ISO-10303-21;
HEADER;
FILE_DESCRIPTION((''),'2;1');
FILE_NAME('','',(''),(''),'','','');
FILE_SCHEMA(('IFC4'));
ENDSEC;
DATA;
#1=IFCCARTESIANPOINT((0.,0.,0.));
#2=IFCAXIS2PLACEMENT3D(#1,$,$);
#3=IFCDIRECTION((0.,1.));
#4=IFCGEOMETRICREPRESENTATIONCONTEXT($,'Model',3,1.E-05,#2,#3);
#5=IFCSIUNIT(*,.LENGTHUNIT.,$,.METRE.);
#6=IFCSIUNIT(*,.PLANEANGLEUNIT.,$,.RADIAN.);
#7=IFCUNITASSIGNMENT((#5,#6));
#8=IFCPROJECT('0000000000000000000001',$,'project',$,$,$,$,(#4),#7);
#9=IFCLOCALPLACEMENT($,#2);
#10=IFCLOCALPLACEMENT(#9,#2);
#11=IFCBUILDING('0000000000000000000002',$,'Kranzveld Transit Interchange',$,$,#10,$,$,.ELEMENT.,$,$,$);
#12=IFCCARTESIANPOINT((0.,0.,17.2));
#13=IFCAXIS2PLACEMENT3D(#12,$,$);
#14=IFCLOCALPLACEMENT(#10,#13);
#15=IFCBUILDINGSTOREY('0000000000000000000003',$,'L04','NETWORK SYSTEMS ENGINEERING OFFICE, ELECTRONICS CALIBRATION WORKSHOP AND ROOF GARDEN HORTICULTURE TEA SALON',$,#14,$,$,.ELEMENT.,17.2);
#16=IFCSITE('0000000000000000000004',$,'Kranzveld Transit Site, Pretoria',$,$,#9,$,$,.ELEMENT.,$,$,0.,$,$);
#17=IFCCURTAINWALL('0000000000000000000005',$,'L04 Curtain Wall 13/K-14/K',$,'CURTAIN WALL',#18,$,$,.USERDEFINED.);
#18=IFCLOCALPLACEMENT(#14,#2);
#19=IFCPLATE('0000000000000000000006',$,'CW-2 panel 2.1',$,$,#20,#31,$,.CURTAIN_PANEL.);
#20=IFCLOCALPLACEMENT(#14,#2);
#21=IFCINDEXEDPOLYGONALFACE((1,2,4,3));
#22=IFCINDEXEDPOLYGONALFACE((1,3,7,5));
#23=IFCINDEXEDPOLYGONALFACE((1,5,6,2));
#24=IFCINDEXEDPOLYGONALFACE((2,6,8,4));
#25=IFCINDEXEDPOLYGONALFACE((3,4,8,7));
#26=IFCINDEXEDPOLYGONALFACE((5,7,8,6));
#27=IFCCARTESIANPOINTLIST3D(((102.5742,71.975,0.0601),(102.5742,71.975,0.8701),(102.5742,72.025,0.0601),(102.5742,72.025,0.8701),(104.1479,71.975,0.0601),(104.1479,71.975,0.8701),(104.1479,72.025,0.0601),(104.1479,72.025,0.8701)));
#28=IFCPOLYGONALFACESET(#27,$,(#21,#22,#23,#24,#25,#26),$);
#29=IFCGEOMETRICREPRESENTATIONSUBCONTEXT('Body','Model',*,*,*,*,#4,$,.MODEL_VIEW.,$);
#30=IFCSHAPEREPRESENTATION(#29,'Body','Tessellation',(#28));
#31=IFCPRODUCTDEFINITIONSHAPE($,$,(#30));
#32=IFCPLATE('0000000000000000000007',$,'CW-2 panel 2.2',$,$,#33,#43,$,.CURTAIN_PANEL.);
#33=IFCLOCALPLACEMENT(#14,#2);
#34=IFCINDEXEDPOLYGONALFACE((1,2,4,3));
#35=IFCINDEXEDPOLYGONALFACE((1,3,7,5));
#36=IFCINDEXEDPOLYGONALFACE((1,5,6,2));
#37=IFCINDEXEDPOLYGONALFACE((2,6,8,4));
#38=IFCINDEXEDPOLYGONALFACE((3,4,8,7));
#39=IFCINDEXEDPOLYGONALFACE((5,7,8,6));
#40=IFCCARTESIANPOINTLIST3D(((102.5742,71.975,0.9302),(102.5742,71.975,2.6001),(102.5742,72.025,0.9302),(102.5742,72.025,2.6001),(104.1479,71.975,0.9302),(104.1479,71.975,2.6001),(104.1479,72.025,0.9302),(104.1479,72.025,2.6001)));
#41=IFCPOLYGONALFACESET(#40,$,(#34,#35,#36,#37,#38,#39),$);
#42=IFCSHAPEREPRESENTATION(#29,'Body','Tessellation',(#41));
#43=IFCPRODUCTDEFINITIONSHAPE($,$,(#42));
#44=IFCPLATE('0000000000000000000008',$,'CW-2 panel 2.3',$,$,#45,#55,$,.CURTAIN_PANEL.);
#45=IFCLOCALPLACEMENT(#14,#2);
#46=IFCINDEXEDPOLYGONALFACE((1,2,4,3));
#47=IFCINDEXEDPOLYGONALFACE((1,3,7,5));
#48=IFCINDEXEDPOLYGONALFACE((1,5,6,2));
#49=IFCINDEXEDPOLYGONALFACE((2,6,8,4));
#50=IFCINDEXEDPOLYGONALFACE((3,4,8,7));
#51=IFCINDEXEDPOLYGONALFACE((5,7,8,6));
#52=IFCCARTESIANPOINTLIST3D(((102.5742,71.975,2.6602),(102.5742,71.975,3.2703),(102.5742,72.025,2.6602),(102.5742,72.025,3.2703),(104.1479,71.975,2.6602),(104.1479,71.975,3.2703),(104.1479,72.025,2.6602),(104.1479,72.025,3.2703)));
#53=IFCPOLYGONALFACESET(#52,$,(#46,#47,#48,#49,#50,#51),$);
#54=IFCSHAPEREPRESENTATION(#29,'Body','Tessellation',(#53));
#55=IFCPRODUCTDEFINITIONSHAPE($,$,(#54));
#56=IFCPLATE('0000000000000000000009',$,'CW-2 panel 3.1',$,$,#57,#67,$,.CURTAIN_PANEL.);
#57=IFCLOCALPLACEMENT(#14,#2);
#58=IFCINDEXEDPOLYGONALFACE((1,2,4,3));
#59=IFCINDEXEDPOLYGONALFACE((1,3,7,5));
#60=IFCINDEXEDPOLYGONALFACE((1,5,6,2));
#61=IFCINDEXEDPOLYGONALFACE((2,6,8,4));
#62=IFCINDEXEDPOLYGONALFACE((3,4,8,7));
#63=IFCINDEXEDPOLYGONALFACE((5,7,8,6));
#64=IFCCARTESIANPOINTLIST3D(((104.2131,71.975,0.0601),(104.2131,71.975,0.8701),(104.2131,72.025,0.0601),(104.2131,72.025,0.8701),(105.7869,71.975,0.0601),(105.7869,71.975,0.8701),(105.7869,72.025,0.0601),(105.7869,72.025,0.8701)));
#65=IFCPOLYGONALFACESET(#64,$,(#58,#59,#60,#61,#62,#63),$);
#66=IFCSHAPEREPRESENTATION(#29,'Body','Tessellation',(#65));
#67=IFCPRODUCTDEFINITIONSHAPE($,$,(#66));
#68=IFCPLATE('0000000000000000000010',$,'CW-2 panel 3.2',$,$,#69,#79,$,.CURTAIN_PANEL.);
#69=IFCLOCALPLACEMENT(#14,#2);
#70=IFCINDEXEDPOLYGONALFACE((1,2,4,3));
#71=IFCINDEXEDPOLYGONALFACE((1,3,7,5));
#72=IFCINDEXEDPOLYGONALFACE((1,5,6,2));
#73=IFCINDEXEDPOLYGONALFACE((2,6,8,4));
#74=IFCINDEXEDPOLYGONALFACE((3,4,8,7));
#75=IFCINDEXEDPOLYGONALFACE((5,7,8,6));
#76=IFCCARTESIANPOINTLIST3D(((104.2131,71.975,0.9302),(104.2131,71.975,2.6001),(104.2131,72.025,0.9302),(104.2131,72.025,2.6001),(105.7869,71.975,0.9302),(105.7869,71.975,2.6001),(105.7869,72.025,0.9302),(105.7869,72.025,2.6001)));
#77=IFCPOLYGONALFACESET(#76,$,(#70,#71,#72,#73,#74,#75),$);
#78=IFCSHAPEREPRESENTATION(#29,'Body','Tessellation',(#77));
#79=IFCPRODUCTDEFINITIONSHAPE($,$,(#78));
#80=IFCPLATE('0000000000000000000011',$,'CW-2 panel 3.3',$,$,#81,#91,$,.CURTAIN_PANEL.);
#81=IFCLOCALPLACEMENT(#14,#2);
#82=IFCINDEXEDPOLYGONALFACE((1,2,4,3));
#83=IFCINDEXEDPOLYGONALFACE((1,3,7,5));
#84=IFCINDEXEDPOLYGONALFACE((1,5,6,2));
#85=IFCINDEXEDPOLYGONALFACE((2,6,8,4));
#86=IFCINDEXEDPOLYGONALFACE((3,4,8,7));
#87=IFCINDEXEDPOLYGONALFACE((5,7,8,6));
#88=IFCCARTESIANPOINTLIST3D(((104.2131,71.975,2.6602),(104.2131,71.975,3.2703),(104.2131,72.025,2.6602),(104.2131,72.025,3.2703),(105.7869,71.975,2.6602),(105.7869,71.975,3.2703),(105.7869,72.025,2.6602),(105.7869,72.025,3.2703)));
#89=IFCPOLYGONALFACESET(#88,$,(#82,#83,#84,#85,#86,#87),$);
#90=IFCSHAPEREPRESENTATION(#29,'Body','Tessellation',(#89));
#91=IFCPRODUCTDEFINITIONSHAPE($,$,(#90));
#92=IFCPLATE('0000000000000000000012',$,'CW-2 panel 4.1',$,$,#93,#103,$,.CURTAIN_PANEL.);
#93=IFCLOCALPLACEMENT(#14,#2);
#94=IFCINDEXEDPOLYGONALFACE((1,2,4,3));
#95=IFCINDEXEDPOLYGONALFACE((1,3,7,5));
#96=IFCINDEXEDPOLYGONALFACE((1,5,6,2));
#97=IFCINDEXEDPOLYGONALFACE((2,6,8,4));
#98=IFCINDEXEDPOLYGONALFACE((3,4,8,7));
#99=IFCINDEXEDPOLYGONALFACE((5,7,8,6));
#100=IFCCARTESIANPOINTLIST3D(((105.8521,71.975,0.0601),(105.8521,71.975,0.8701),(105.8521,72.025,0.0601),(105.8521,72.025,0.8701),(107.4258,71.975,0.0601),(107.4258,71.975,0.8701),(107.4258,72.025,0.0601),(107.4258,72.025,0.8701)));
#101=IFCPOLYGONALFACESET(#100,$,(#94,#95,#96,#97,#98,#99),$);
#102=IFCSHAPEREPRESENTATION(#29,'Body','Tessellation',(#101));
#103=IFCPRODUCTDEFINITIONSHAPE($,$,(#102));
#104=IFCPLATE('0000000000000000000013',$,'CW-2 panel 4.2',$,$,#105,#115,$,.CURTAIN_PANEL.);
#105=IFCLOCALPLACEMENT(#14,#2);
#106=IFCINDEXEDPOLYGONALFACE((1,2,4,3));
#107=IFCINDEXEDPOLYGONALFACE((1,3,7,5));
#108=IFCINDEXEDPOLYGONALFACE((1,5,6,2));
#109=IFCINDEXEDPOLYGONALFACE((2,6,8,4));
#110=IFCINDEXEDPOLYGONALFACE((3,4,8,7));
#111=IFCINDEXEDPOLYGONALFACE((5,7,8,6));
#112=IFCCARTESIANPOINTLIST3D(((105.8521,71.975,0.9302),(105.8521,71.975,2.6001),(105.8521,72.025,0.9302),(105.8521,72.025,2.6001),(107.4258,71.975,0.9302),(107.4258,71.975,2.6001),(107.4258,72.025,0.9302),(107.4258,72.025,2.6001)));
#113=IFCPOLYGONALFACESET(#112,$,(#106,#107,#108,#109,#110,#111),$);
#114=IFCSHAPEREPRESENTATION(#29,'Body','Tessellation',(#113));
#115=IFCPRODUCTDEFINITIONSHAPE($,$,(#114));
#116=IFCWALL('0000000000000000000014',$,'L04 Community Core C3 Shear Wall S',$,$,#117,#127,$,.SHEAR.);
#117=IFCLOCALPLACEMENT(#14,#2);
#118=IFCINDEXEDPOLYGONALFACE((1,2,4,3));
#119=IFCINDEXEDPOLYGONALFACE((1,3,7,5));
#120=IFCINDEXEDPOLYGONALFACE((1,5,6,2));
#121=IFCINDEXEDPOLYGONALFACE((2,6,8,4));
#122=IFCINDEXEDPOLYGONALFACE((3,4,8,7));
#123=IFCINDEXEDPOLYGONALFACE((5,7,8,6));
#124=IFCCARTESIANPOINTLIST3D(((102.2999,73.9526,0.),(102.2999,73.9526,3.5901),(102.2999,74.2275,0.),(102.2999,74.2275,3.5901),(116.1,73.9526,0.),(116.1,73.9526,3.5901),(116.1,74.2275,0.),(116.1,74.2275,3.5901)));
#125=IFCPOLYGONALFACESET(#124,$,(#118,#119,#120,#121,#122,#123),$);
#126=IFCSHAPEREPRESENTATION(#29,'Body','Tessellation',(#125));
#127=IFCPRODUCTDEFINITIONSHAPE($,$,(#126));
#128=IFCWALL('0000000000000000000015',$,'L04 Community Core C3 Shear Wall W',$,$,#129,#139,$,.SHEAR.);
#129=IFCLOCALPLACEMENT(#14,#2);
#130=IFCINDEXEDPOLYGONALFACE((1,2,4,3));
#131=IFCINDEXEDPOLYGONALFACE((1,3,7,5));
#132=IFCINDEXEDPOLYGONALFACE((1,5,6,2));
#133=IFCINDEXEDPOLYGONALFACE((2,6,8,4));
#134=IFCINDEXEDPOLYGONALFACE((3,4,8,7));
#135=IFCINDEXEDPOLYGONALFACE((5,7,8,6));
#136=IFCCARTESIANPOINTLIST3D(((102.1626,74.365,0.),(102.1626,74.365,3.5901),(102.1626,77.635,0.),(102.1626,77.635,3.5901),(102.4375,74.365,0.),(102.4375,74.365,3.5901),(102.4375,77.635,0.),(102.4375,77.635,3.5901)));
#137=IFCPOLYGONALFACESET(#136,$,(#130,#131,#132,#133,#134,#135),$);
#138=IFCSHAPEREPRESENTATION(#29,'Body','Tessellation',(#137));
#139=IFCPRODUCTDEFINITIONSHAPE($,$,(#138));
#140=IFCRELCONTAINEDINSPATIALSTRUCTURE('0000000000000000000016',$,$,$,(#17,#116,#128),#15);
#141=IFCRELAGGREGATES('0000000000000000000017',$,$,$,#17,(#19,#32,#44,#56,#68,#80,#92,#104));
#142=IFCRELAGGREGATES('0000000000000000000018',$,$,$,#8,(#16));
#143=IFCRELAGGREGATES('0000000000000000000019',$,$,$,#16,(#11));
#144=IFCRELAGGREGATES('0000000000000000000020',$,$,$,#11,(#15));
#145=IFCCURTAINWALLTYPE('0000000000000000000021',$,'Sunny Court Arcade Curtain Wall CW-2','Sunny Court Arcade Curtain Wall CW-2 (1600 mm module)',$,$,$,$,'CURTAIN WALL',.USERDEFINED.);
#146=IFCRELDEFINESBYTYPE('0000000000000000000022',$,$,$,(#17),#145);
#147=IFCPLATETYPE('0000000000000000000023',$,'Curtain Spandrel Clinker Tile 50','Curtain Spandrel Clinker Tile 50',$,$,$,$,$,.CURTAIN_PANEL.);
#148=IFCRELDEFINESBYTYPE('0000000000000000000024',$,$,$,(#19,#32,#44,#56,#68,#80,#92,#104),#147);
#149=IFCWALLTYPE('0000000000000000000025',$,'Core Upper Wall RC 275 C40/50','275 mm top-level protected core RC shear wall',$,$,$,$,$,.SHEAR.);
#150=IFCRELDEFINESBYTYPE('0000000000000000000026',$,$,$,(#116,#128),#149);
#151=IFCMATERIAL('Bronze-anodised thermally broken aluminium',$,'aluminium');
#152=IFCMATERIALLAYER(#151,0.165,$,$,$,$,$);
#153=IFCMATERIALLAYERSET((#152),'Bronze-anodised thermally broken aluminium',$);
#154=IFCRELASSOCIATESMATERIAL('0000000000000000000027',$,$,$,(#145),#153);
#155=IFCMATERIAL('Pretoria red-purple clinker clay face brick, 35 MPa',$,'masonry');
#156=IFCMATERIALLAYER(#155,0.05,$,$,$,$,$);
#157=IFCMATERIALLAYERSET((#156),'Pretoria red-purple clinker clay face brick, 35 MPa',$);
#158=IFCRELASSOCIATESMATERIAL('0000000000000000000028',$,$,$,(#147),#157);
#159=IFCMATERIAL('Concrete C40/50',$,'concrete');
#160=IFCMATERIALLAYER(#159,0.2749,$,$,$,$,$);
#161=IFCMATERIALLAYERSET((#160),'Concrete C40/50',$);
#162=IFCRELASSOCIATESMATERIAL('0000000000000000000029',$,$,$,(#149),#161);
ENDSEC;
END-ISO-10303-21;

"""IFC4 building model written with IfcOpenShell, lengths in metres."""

from ifc_helpers import new_model, si_unit, direction, frame, frame_2d, origin, origin_2d, place, context, subcontext, project, spatial, rectangle, extrude, material, layer, layer_set, type_object, element, aggregate, save


model = new_model("IFC4")

# Units and contexts
model_context = context("Model", 3, precision=1e-05, world=origin(), true_north=direction((0.0, 1.0)))
body_context = subcontext(model_context, "Body", "Model", "MODEL_VIEW")
ifc_project = project(units=[si_unit("LENGTHUNIT", "METRE"), si_unit("PLANEANGLEUNIT", "RADIAN")], contexts=[model_context])

# Site, building, storey
site_placement = place(None, origin())
site = spatial("IfcSite", under=ifc_project, at=site_placement, Name="Kranzveld Transit Site, Pretoria", CompositionType="ELEMENT", RefElevation=0.0)
building_placement = place(site_placement, origin())
building = spatial("IfcBuilding", under=site, at=building_placement, Name="Kranzveld Transit Interchange", CompositionType="ELEMENT")
storey_placement = place(building_placement, frame((0.0, 0.0, 17.2)))
storey = spatial("IfcBuildingStorey", under=building, at=storey_placement, Name="L04", Description="NETWORK SYSTEMS ENGINEERING OFFICE, ELECTRONICS CALIBRATION WORKSHOP AND ROOF GARDEN HORTICULTURE TEA SALON", CompositionType="ELEMENT", Elevation=17.2)

# Curtain wall, plates
ifc_material_1 = material(Name="Bronze-anodised thermally broken aluminium", Category="aluminium")
ifc_layer_1 = layer(ifc_material_1, 0.165)
ifc_layer_set_1 = layer_set([ifc_layer_1], Name="Bronze-anodised thermally broken aluminium")
curtain_wall_type = type_object("IfcCurtainWallType", Name="Sunny Court Arcade Curtain Wall CW-2", Description="Sunny Court Arcade Curtain Wall CW-2 (1600 mm module)", ElementType="CURTAIN WALL", PredefinedType="USERDEFINED", material=ifc_layer_set_1)
curtain_wall_placement = place(storey_placement, origin())
curtain_wall = element("IfcCurtainWall", 1, at=curtain_wall_placement, inside=storey, type_object=curtain_wall_type, Name="L04 Curtain Wall 13/K-14/K", ObjectType="CURTAIN WALL", PredefinedType="USERDEFINED")
ifc_material_2 = material(Name="Pretoria red-purple clinker clay face brick, 35 MPa", Category="masonry")
ifc_layer_2 = layer(ifc_material_2, 0.05)
ifc_layer_set_2 = layer_set([ifc_layer_2], Name="Pretoria red-purple clinker clay face brick, 35 MPa")
plate_type = type_object("IfcPlateType", Name="Curtain Spandrel Clinker Tile 50", Description="Curtain Spandrel Clinker Tile 50", PredefinedType="CURTAIN_PANEL", material=ifc_layer_set_2)
plate_1_placement = place(storey_placement, frame((103.3611, 72.0, 0.0601), z_axis=(0.0, 0.0, 1.0), x_axis=(1.0, 0.0, 0.0)))
plate_1 = element("IfcPlate", 2, at=plate_1_placement, type_object=plate_type, Name="CW-2 panel 2.1", PredefinedType="CURTAIN_PANEL", context=body_context, shape_type="SweptSolid", body=[
    extrude(rectangle(XDim=1.5737, YDim=0.05, at=origin_2d()), origin(), (0.0, 0.0, 1.0), 0.8101),
])
plate_2_placement = place(storey_placement, frame((103.3611, 72.0, 0.9302), z_axis=(0.0, 0.0, 1.0), x_axis=(1.0, 0.0, 0.0)))
plate_2 = element("IfcPlate", 3, at=plate_2_placement, type_object=plate_type, Name="CW-2 panel 2.2", PredefinedType="CURTAIN_PANEL", context=body_context, shape_type="SweptSolid", body=[
    extrude(rectangle(XDim=1.5737, YDim=0.05, at=origin_2d()), origin(), (0.0, 0.0, 1.0), 1.6699),
])
plate_3_placement = place(storey_placement, frame((103.3611, 72.0, 2.6602), z_axis=(0.0, 0.0, 1.0), x_axis=(1.0, 0.0, 0.0)))
plate_3 = element("IfcPlate", 4, at=plate_3_placement, type_object=plate_type, Name="CW-2 panel 2.3", PredefinedType="CURTAIN_PANEL", context=body_context, shape_type="SweptSolid", body=[
    extrude(rectangle(XDim=1.5737, YDim=0.05, at=origin_2d()), origin(), (0.0, 0.0, 1.0), 0.6101),
])
plate_4_placement = place(storey_placement, frame((105.0, 72.0, 0.0601), z_axis=(0.0, 0.0, 1.0), x_axis=(1.0, 0.0, 0.0)))
plate_4 = element("IfcPlate", 5, at=plate_4_placement, type_object=plate_type, Name="CW-2 panel 3.1", PredefinedType="CURTAIN_PANEL", context=body_context, shape_type="SweptSolid", body=[
    extrude(rectangle(XDim=1.5737, YDim=0.05, at=origin_2d()), origin(), (0.0, 0.0, 1.0), 0.8101),
])
plate_5_placement = place(storey_placement, frame((105.0, 72.0, 0.9302), z_axis=(0.0, 0.0, 1.0), x_axis=(1.0, 0.0, 0.0)))
plate_5 = element("IfcPlate", 6, at=plate_5_placement, type_object=plate_type, Name="CW-2 panel 3.2", PredefinedType="CURTAIN_PANEL", context=body_context, shape_type="SweptSolid", body=[
    extrude(rectangle(XDim=1.5737, YDim=0.05, at=origin_2d()), origin(), (0.0, 0.0, 1.0), 1.6699),
])
plate_6_placement = place(storey_placement, frame((105.0, 72.0, 2.6602), z_axis=(0.0, 0.0, 1.0), x_axis=(1.0, 0.0, 0.0)))
plate_6 = element("IfcPlate", 7, at=plate_6_placement, type_object=plate_type, Name="CW-2 panel 3.3", PredefinedType="CURTAIN_PANEL", context=body_context, shape_type="SweptSolid", body=[
    extrude(rectangle(XDim=1.5737, YDim=0.05, at=origin_2d()), origin(), (0.0, 0.0, 1.0), 0.6101),
])
plate_7_placement = place(storey_placement, frame((106.6389, 72.0, 0.0601), z_axis=(0.0, 0.0, 1.0), x_axis=(1.0, 0.0, 0.0)))
plate_7 = element("IfcPlate", 8, at=plate_7_placement, type_object=plate_type, Name="CW-2 panel 4.1", PredefinedType="CURTAIN_PANEL", context=body_context, shape_type="SweptSolid", body=[
    extrude(rectangle(XDim=1.5737, YDim=0.05, at=origin_2d()), origin(), (0.0, 0.0, 1.0), 0.8101),
])
plate_8_placement = place(storey_placement, frame((106.6389, 72.0, 0.9302), z_axis=(0.0, 0.0, 1.0), x_axis=(1.0, 0.0, 0.0)))
plate_8 = element("IfcPlate", 9, at=plate_8_placement, type_object=plate_type, Name="CW-2 panel 4.2", PredefinedType="CURTAIN_PANEL", context=body_context, shape_type="SweptSolid", body=[
    extrude(rectangle(XDim=1.5737, YDim=0.05, at=origin_2d()), origin(), (0.0, 0.0, 1.0), 1.6699),
])
aggregate(curtain_wall, [plate_1, plate_2, plate_3, plate_4, plate_5, plate_6, plate_7, plate_8])

# Wall
ifc_material_3 = material(Name="Concrete C40/50", Category="concrete")
ifc_layer_3 = layer(ifc_material_3, 0.2749)
ifc_layer_set_3 = layer_set([ifc_layer_3], Name="Concrete C40/50")
wall_type = type_object("IfcWallType", Name="Core Upper Wall RC 275 C40/50", Description="275 mm top-level protected core RC shear wall", PredefinedType="SHEAR", material=ifc_layer_set_3)
wall_1_placement = place(storey_placement, frame((102.3, 74.0901, 0.0), z_axis=(0.0, 0.0, 1.0), x_axis=(1.0, 0.0, 0.0)))
element("IfcWall", 10, at=wall_1_placement, inside=storey, type_object=wall_type, Name="L04 Community Core C3 Shear Wall S", PredefinedType="SHEAR", context=body_context, shape_type="SweptSolid", body=[
    extrude(rectangle(XDim=13.8, YDim=0.2749, at=frame_2d((6.8999, 0.0))), origin(), (0.0, 0.0, 1.0), 3.5901),
])

# Wall
wall_2_placement = place(storey_placement, frame((102.3, 74.365, 0.0), z_axis=(0.0, 0.0, 1.0), x_axis=(0.0, 1.0, 0.0)))
element("IfcWall", 11, at=wall_2_placement, inside=storey, type_object=wall_type, Name="L04 Community Core C3 Shear Wall W", PredefinedType="SHEAR", context=body_context, shape_type="SweptSolid", body=[
    extrude(rectangle(XDim=3.27, YDim=0.2749, at=frame_2d((1.635, 0.0))), origin(), (0.0, 0.0, 1.0), 3.5901),
])

save(model, "model.ifc")
